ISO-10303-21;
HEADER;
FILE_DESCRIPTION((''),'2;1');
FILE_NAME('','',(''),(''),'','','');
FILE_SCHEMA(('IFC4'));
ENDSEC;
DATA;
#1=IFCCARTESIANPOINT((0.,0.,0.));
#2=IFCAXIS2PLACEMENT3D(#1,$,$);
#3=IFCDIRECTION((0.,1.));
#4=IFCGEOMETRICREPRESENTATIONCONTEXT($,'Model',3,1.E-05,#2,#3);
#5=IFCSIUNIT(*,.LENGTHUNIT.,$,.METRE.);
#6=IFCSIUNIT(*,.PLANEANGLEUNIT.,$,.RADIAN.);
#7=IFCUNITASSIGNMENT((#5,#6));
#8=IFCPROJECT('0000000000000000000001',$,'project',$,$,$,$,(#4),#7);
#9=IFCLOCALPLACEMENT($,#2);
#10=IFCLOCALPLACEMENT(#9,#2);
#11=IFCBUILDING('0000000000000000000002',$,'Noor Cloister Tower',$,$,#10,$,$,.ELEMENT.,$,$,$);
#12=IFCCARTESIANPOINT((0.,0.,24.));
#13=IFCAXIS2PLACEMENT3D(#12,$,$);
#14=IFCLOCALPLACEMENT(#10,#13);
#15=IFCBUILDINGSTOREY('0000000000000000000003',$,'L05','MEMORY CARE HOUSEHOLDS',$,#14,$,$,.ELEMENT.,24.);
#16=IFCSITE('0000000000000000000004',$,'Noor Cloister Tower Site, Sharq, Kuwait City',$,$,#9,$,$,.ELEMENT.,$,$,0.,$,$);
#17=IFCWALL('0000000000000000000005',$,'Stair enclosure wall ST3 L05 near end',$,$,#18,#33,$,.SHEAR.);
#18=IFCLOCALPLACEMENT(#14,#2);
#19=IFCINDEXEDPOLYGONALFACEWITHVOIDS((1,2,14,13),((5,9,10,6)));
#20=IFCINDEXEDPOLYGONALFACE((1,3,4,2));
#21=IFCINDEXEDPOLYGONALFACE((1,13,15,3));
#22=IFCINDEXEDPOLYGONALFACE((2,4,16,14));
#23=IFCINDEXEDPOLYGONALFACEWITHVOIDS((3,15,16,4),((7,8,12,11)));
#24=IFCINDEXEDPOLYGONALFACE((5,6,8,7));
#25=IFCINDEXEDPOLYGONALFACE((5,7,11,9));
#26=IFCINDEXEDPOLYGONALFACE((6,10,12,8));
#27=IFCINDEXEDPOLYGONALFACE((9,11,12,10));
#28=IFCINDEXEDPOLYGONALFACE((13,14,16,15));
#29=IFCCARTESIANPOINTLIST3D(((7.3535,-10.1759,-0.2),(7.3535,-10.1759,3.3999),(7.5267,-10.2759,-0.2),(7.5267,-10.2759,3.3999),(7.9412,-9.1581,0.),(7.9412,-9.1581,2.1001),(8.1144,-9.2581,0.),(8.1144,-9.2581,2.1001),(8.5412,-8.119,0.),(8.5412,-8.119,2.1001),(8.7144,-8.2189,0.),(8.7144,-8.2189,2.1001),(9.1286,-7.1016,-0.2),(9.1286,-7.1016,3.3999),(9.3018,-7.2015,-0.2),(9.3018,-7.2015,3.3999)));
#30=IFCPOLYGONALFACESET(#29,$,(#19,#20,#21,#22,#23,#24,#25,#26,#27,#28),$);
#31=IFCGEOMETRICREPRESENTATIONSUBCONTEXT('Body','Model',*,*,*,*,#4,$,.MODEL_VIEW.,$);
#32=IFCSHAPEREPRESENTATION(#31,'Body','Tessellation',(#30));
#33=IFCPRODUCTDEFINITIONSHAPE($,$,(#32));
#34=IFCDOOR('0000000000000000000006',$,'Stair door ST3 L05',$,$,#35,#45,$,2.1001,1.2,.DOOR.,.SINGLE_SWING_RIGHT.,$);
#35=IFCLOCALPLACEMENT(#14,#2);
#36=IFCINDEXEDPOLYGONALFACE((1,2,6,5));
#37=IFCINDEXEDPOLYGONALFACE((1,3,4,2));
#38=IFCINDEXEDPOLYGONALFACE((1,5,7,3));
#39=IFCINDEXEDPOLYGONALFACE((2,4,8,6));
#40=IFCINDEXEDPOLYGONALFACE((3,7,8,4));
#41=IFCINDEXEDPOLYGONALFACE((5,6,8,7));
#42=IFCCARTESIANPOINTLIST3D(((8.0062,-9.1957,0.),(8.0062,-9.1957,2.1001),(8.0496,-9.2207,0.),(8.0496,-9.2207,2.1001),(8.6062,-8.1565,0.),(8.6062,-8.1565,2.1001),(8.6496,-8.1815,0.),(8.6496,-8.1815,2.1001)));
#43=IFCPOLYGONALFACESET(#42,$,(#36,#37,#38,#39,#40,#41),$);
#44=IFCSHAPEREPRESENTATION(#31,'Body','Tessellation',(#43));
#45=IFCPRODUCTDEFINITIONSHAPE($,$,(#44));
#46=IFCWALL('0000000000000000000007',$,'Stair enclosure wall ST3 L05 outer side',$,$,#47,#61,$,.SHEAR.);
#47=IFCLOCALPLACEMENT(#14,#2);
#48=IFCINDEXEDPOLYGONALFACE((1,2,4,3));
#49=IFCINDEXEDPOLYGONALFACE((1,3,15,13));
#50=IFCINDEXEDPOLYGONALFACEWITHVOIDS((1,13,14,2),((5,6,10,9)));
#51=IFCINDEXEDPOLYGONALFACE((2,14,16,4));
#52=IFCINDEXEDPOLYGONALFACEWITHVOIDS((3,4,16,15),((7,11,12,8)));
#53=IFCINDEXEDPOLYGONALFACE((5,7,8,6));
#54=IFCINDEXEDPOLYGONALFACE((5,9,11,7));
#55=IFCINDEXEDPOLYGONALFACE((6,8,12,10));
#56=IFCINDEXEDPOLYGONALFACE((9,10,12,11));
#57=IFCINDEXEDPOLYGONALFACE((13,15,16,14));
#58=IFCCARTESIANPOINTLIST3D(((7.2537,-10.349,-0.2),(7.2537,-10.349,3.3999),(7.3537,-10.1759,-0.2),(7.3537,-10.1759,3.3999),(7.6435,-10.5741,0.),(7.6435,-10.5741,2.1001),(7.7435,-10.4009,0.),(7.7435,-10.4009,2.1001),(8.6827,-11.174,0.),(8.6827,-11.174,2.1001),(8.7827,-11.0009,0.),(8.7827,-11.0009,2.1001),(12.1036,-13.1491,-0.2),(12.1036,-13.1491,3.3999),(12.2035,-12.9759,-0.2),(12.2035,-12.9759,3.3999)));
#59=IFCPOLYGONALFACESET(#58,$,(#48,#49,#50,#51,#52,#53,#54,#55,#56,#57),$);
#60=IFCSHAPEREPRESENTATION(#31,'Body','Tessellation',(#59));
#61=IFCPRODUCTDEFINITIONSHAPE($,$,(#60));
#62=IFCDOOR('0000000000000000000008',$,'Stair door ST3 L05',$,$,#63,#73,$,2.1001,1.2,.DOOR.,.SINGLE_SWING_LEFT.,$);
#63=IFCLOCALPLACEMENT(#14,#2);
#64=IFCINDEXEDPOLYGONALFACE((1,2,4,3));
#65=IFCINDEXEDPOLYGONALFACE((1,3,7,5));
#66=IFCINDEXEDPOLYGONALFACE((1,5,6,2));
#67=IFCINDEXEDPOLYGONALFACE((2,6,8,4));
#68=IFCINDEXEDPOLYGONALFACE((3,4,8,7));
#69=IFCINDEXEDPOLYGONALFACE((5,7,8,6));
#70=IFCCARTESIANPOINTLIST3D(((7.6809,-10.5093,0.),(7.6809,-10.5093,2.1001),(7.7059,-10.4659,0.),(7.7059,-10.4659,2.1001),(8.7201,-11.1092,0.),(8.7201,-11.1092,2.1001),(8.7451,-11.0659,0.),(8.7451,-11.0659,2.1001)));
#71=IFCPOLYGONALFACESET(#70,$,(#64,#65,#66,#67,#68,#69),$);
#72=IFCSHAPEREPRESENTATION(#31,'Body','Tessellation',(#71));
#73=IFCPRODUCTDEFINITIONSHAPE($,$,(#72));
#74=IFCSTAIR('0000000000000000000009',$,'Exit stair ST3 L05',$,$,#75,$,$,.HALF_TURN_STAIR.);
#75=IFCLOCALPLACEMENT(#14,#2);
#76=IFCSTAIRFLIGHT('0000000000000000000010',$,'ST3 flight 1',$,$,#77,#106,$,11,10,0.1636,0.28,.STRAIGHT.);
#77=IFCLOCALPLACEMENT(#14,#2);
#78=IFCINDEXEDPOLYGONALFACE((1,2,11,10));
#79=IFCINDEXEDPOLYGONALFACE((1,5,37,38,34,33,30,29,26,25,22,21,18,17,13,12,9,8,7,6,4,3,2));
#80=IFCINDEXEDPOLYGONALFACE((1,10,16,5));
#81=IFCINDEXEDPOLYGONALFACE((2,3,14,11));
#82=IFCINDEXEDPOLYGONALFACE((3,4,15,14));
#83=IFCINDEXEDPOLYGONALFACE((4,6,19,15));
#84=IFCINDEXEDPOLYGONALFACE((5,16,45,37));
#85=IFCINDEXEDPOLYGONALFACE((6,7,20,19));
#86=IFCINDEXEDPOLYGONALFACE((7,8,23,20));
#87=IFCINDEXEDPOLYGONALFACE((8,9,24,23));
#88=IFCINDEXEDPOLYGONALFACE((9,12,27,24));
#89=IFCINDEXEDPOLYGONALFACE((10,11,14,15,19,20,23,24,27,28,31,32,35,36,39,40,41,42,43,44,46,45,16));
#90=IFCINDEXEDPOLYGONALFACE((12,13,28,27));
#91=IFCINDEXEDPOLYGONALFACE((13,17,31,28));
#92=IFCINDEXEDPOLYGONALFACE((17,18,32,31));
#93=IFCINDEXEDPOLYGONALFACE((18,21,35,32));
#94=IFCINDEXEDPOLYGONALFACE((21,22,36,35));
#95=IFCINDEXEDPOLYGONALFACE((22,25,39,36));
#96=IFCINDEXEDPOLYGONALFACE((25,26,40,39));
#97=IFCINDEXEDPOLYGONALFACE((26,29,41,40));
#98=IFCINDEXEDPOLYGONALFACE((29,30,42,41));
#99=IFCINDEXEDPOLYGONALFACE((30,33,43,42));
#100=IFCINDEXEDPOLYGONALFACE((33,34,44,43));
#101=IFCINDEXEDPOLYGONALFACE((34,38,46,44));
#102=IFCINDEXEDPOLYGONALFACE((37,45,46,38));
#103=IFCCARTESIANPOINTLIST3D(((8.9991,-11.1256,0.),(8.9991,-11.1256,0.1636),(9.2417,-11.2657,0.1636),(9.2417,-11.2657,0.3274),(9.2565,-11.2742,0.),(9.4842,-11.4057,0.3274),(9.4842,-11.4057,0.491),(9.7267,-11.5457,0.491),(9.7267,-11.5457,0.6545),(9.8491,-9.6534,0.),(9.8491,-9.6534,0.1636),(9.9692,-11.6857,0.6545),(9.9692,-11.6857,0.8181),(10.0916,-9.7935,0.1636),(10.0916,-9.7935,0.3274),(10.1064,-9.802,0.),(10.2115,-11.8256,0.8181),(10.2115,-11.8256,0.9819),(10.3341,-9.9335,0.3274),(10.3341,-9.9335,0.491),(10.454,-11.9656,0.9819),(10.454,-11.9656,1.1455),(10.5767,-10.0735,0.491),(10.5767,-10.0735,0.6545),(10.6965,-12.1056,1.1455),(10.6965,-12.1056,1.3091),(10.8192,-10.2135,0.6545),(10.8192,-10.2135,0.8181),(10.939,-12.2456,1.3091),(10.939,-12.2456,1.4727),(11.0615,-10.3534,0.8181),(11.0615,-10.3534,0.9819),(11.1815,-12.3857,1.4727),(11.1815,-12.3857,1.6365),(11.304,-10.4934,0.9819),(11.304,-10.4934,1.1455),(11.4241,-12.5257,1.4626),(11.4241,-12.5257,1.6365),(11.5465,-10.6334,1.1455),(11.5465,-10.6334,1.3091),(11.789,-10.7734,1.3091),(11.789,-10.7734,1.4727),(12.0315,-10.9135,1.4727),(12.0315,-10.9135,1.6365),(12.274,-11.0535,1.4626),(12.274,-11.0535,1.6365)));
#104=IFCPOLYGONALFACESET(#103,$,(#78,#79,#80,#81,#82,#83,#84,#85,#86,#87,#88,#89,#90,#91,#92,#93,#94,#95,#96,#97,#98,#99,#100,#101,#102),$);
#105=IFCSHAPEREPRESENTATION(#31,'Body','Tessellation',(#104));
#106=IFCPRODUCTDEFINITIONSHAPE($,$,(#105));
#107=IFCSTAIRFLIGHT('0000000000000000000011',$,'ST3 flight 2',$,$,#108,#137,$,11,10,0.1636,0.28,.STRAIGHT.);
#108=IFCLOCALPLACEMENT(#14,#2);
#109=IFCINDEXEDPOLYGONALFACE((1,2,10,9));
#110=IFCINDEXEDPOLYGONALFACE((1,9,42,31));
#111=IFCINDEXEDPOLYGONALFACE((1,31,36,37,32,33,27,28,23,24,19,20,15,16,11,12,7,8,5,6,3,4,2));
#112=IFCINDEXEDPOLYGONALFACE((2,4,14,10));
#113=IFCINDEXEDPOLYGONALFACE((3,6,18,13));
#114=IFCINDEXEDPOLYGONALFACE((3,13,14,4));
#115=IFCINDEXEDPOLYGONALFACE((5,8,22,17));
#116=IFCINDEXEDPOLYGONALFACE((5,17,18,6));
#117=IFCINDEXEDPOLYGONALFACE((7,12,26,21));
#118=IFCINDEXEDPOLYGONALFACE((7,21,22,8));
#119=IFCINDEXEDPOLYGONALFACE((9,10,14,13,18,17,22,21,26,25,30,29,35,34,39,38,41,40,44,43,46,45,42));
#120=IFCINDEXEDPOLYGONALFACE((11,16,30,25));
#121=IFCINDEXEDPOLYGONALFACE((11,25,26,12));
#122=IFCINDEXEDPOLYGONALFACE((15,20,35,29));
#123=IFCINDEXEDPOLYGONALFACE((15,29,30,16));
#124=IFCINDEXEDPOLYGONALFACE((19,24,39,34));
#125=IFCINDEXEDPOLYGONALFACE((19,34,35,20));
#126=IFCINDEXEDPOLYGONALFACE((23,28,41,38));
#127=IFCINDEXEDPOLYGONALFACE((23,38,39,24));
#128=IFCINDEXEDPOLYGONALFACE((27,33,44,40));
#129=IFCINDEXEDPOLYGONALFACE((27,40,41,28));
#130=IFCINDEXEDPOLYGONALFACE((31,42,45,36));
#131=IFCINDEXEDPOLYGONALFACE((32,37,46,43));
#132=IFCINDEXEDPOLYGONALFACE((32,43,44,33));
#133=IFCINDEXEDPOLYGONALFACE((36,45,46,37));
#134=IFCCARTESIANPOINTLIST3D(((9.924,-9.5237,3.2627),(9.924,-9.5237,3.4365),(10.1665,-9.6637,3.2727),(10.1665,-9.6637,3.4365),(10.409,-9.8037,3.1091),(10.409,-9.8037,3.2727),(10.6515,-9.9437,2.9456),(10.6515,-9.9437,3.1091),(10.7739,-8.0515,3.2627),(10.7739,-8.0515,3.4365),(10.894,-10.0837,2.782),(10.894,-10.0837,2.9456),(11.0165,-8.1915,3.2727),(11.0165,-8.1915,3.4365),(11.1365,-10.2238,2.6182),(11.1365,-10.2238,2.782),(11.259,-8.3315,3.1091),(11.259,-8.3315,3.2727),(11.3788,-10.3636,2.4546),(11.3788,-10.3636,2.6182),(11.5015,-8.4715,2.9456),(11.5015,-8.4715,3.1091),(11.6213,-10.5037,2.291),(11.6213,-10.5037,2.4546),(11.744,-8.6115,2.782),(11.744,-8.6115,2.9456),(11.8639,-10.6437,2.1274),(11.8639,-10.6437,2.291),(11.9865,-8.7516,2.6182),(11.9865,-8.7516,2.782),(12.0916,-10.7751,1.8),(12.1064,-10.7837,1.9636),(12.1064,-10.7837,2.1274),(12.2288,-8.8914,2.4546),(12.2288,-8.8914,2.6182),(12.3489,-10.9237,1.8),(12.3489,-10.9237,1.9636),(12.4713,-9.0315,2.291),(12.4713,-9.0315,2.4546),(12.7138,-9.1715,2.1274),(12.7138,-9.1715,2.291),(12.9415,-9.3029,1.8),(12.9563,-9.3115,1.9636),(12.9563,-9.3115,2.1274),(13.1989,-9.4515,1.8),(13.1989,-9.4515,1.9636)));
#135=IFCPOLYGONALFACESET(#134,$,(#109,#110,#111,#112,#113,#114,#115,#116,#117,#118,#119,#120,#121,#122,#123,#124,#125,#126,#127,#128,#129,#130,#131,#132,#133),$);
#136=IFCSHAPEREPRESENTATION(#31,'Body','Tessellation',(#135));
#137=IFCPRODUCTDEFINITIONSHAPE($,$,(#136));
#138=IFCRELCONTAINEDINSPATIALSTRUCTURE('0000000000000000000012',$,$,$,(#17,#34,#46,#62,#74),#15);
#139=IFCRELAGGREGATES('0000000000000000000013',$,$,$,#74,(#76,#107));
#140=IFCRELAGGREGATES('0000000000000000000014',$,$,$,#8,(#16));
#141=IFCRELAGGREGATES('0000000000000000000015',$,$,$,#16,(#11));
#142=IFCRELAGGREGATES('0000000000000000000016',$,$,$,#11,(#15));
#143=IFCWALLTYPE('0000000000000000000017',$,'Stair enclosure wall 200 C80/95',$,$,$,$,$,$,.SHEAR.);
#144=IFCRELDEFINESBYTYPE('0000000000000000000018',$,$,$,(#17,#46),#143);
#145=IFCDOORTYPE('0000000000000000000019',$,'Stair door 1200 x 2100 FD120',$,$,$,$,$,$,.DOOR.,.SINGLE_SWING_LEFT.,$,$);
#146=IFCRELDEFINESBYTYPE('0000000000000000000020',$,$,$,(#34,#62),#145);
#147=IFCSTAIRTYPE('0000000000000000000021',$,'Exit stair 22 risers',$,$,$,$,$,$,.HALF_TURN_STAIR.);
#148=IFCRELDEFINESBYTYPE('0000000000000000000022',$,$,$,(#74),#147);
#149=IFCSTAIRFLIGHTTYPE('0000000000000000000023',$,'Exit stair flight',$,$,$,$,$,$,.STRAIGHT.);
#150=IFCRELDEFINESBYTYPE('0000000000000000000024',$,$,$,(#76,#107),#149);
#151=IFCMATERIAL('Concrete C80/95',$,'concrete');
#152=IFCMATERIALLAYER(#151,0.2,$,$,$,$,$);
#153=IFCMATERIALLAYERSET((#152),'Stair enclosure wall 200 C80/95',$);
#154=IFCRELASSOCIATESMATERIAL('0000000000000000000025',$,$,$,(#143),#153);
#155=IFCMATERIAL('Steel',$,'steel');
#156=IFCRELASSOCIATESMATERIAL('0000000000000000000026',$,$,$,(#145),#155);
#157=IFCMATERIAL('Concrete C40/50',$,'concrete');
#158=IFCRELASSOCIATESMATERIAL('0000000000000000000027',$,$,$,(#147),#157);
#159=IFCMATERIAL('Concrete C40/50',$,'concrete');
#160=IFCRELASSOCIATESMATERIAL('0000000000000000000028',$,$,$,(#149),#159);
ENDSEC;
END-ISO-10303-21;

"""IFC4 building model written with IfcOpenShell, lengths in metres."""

from ifc_helpers import new_model, si_unit, direction, frame, frame_2d, origin, place, context, subcontext, project, spatial, polyline, rectangle, outline, extrude, material, layer, layer_set, type_object, element, fill, aggregate, save


model = new_model("IFC4")

# Units and contexts
model_context = context("Model", 3, precision=1e-05, world=origin(), true_north=direction((0.0, 1.0)))
body_context = subcontext(model_context, "Body", "Model", "MODEL_VIEW")
ifc_project = project(units=[si_unit("LENGTHUNIT", "METRE"), si_unit("PLANEANGLEUNIT", "RADIAN")], contexts=[model_context])

# Site, building, storey
site_placement = place(None, origin())
site = spatial("IfcSite", under=ifc_project, at=site_placement, Name="Noor Cloister Tower Site, Sharq, Kuwait City", CompositionType="ELEMENT", RefElevation=0.0)
building_placement = place(site_placement, origin())
building = spatial("IfcBuilding", under=site, at=building_placement, Name="Noor Cloister Tower", CompositionType="ELEMENT")
storey_placement = place(building_placement, frame((0.0, 0.0, 24.0)))
storey = spatial("IfcBuildingStorey", under=building, at=storey_placement, Name="L05", Description="MEMORY CARE HOUSEHOLDS", CompositionType="ELEMENT", Elevation=24.0)

# Walls, openings, doors
ifc_material_1 = material(Name="Concrete C80/95", Category="concrete")
ifc_layer_1 = layer(ifc_material_1, 0.2)
ifc_layer_set_1 = layer_set([ifc_layer_1], Name="Stair enclosure wall 200 C80/95")
wall_type_1 = type_object("IfcWallType", Name="Stair enclosure wall 200 C80/95", PredefinedType="SHEAR", material=ifc_layer_set_1)
wall_1_placement = place(storey_placement, frame((7.4402, -10.2258, -0.2), z_axis=(0.0, 0.0, 1.0), x_axis=(0.500022, 0.866013, 0.0)))
wall_1 = element("IfcWall", 1, at=wall_1_placement, inside=storey, type_object=wall_type_1, Name="Stair enclosure wall ST3 L05 near end", PredefinedType="SHEAR", context=body_context, shape_type="SweptSolid", body=[
    extrude(rectangle(XDim=3.55, YDim=0.2, at=frame_2d((1.7749, 0.0))), origin(), (0.0, 0.0, 1.0), 3.5999),
])
opening_1_placement = place(wall_1_placement, frame((1.175, 0.0, 0.2)))
opening_1 = element("IfcOpeningElement", 2, at=opening_1_placement, cuts=wall_1, PredefinedType="OPENING", context=body_context, shape_type="SweptSolid", body=[
    extrude(rectangle(XDim=1.2, YDim=2.1001, at=frame_2d((0.6001, 1.05))), frame((0.0, 0.1099, 0.0), z_axis=(0.0, -1.0, 0.0), x_axis=(1.0, 0.0, 0.0)), (0.0, 0.0, 1.0), 0.22),
])
ifc_material_2 = material(Name="Steel", Category="steel")
door_type_1 = type_object("IfcDoorType", Name="Stair door 1200 x 2100 FD120", OperationType="SINGLE_SWING_LEFT", PredefinedType="DOOR", material=ifc_material_2)
door_1_placement = place(opening_1_placement, origin())
door_1 = element("IfcDoor", 3, at=door_1_placement, inside=storey, type_object=door_type_1, Name="Stair door ST3 L05", OperationType="SINGLE_SWING_RIGHT", OverallHeight=2.1001, OverallWidth=1.2, PredefinedType="DOOR", context=body_context, shape_type="SweptSolid", body=[
    extrude(rectangle(XDim=1.2, YDim=2.1001, at=frame_2d((0.6001, 1.05))), frame((0.0, 0.0249, 0.0), z_axis=(0.0, -1.0, 0.0), x_axis=(1.0, 0.0, 0.0)), (0.0, 0.0, 1.0), 0.05),
])
fill(opening_1, door_1)
wall_2_placement = place(storey_placement, frame((7.3037, -10.2625, -0.2), z_axis=(0.0, 0.0, 1.0), x_axis=(0.866027, -0.499998, 0.0)))
wall_2 = element("IfcWall", 4, at=wall_2_placement, inside=storey, type_object=wall_type_1, Name="Stair enclosure wall ST3 L05 outer side", PredefinedType="SHEAR", context=body_context, shape_type="SweptSolid", body=[
    extrude(rectangle(XDim=5.6001, YDim=0.2, at=frame_2d((2.8, 0.0))), origin(), (0.0, 0.0, 1.0), 3.5999),
])
opening_2_placement = place(wall_2_placement, frame((0.45, 0.0, 0.2)))
opening_2 = element("IfcOpeningElement", 5, at=opening_2_placement, cuts=wall_2, PredefinedType="OPENING", context=body_context, shape_type="SweptSolid", body=[
    extrude(rectangle(XDim=1.2, YDim=2.1001, at=frame_2d((0.6001, 1.05))), frame((0.0, 0.1099, 0.0), z_axis=(0.0, -1.0, 0.0), x_axis=(1.0, 0.0, 0.0)), (0.0, 0.0, 1.0), 0.22),
])
door_2_placement = place(opening_2_placement, origin())
door_2 = element("IfcDoor", 6, at=door_2_placement, inside=storey, type_object=door_type_1, Name="Stair door ST3 L05", OperationType="SINGLE_SWING_LEFT", OverallHeight=2.1001, OverallWidth=1.2, PredefinedType="DOOR", context=body_context, shape_type="SweptSolid", body=[
    extrude(rectangle(XDim=1.2, YDim=2.1001, at=frame_2d((0.6001, 1.05))), frame((0.0, 0.0249, 0.0), z_axis=(0.0, -1.0, 0.0), x_axis=(1.0, 0.0, 0.0)), (0.0, 0.0, 1.0), 0.05),
])
fill(opening_2, door_2)

# Stair, stair flights
ifc_material_3 = material(Name="Concrete C40/50", Category="concrete")
stair_type = type_object("IfcStairType", Name="Exit stair 22 risers", PredefinedType="HALF_TURN_STAIR", material=ifc_material_3)
stair_placement = place(storey_placement, origin())
stair = element("IfcStair", 7, at=stair_placement, inside=storey, type_object=stair_type, Name="Exit stair ST3 L05", PredefinedType="HALF_TURN_STAIR")
ifc_material_4 = material(Name="Concrete C40/50", Category="concrete")
stair_flight_type = type_object("IfcStairFlightType", Name="Exit stair flight", PredefinedType="STRAIGHT", material=ifc_material_4)
stair_flight_1_placement = place(storey_placement, frame((9.4241, -10.3896, 0.0), z_axis=(0.0, 0.0, 1.0), x_axis=(0.866025, -0.5, 0.0)))
stair_flight_1 = element("IfcStairFlight", 8, at=stair_flight_1_placement, type_object=stair_flight_type, Name="ST3 flight 1", NumberOfRisers=11, NumberOfTreads=10, PredefinedType="STRAIGHT", RiserHeight=0.1636, TreadLength=0.28, context=body_context, shape_type="SweptSolid", body=[
    extrude(outline(polyline([(0.0, 0.0), (0.0, 0.1636), (0.28, 0.1636), (0.28, 0.3274), (0.5601, 0.3274), (0.5601, 0.491), (0.8401, 0.491), (0.8401, 0.6545), (1.1201, 0.6545), (1.1201, 0.8181), (1.3999, 0.8181), (1.3999, 0.9819), (1.6799, 0.9819), (1.6799, 1.1455), (1.96, 1.1455), (1.96, 1.3091), (2.24, 1.3091), (2.24, 1.4727), (2.52, 1.4727), (2.52, 1.6365), (2.8, 1.6365), (2.8, 1.8), (2.8, 1.4626), (0.2971, 0.0), (0.0, 0.0)])), frame((0.0, 0.8501, 0.0), z_axis=(0.0, -1.0, 0.0), x_axis=(1.0, 0.0, 0.0)), (0.0, 0.0, 1.0), 1.7),
])
stair_flight_2_placement = place(storey_placement, frame((12.7739, -10.1875, 1.8), z_axis=(0.0, 0.0, 1.0), x_axis=(-0.866025, 0.5, 0.0)))
stair_flight_2 = element("IfcStairFlight", 9, at=stair_flight_2_placement, type_object=stair_flight_type, Name="ST3 flight 2", NumberOfRisers=11, NumberOfTreads=10, PredefinedType="STRAIGHT", RiserHeight=0.1636, TreadLength=0.28, context=body_context, shape_type="SweptSolid", body=[
    extrude(outline(polyline([(0.0, 0.0), (0.0, 0.1636), (0.28, 0.1636), (0.28, 0.3274), (0.5601, 0.3274), (0.5601, 0.491), (0.8401, 0.491), (0.8401, 0.6545), (1.1201, 0.6545), (1.1201, 0.8181), (1.3999, 0.8181), (1.3999, 0.9819), (1.6799, 0.9819), (1.6799, 1.1455), (1.96, 1.1455), (1.96, 1.3091), (2.24, 1.3091), (2.24, 1.4727), (2.52, 1.4727), (2.52, 1.6365), (2.8, 1.6365), (2.8, 1.8), (2.8, 1.4626), (0.2971, 0.0), (0.0, 0.0)])), frame((0.0, 0.8501, 0.0), z_axis=(0.0, -1.0, 0.0), x_axis=(1.0, 0.0, 0.0)), (0.0, 0.0, 1.0), 1.7),
])
aggregate(stair, [stair_flight_1, stair_flight_2])

save(model, "model.ifc")
